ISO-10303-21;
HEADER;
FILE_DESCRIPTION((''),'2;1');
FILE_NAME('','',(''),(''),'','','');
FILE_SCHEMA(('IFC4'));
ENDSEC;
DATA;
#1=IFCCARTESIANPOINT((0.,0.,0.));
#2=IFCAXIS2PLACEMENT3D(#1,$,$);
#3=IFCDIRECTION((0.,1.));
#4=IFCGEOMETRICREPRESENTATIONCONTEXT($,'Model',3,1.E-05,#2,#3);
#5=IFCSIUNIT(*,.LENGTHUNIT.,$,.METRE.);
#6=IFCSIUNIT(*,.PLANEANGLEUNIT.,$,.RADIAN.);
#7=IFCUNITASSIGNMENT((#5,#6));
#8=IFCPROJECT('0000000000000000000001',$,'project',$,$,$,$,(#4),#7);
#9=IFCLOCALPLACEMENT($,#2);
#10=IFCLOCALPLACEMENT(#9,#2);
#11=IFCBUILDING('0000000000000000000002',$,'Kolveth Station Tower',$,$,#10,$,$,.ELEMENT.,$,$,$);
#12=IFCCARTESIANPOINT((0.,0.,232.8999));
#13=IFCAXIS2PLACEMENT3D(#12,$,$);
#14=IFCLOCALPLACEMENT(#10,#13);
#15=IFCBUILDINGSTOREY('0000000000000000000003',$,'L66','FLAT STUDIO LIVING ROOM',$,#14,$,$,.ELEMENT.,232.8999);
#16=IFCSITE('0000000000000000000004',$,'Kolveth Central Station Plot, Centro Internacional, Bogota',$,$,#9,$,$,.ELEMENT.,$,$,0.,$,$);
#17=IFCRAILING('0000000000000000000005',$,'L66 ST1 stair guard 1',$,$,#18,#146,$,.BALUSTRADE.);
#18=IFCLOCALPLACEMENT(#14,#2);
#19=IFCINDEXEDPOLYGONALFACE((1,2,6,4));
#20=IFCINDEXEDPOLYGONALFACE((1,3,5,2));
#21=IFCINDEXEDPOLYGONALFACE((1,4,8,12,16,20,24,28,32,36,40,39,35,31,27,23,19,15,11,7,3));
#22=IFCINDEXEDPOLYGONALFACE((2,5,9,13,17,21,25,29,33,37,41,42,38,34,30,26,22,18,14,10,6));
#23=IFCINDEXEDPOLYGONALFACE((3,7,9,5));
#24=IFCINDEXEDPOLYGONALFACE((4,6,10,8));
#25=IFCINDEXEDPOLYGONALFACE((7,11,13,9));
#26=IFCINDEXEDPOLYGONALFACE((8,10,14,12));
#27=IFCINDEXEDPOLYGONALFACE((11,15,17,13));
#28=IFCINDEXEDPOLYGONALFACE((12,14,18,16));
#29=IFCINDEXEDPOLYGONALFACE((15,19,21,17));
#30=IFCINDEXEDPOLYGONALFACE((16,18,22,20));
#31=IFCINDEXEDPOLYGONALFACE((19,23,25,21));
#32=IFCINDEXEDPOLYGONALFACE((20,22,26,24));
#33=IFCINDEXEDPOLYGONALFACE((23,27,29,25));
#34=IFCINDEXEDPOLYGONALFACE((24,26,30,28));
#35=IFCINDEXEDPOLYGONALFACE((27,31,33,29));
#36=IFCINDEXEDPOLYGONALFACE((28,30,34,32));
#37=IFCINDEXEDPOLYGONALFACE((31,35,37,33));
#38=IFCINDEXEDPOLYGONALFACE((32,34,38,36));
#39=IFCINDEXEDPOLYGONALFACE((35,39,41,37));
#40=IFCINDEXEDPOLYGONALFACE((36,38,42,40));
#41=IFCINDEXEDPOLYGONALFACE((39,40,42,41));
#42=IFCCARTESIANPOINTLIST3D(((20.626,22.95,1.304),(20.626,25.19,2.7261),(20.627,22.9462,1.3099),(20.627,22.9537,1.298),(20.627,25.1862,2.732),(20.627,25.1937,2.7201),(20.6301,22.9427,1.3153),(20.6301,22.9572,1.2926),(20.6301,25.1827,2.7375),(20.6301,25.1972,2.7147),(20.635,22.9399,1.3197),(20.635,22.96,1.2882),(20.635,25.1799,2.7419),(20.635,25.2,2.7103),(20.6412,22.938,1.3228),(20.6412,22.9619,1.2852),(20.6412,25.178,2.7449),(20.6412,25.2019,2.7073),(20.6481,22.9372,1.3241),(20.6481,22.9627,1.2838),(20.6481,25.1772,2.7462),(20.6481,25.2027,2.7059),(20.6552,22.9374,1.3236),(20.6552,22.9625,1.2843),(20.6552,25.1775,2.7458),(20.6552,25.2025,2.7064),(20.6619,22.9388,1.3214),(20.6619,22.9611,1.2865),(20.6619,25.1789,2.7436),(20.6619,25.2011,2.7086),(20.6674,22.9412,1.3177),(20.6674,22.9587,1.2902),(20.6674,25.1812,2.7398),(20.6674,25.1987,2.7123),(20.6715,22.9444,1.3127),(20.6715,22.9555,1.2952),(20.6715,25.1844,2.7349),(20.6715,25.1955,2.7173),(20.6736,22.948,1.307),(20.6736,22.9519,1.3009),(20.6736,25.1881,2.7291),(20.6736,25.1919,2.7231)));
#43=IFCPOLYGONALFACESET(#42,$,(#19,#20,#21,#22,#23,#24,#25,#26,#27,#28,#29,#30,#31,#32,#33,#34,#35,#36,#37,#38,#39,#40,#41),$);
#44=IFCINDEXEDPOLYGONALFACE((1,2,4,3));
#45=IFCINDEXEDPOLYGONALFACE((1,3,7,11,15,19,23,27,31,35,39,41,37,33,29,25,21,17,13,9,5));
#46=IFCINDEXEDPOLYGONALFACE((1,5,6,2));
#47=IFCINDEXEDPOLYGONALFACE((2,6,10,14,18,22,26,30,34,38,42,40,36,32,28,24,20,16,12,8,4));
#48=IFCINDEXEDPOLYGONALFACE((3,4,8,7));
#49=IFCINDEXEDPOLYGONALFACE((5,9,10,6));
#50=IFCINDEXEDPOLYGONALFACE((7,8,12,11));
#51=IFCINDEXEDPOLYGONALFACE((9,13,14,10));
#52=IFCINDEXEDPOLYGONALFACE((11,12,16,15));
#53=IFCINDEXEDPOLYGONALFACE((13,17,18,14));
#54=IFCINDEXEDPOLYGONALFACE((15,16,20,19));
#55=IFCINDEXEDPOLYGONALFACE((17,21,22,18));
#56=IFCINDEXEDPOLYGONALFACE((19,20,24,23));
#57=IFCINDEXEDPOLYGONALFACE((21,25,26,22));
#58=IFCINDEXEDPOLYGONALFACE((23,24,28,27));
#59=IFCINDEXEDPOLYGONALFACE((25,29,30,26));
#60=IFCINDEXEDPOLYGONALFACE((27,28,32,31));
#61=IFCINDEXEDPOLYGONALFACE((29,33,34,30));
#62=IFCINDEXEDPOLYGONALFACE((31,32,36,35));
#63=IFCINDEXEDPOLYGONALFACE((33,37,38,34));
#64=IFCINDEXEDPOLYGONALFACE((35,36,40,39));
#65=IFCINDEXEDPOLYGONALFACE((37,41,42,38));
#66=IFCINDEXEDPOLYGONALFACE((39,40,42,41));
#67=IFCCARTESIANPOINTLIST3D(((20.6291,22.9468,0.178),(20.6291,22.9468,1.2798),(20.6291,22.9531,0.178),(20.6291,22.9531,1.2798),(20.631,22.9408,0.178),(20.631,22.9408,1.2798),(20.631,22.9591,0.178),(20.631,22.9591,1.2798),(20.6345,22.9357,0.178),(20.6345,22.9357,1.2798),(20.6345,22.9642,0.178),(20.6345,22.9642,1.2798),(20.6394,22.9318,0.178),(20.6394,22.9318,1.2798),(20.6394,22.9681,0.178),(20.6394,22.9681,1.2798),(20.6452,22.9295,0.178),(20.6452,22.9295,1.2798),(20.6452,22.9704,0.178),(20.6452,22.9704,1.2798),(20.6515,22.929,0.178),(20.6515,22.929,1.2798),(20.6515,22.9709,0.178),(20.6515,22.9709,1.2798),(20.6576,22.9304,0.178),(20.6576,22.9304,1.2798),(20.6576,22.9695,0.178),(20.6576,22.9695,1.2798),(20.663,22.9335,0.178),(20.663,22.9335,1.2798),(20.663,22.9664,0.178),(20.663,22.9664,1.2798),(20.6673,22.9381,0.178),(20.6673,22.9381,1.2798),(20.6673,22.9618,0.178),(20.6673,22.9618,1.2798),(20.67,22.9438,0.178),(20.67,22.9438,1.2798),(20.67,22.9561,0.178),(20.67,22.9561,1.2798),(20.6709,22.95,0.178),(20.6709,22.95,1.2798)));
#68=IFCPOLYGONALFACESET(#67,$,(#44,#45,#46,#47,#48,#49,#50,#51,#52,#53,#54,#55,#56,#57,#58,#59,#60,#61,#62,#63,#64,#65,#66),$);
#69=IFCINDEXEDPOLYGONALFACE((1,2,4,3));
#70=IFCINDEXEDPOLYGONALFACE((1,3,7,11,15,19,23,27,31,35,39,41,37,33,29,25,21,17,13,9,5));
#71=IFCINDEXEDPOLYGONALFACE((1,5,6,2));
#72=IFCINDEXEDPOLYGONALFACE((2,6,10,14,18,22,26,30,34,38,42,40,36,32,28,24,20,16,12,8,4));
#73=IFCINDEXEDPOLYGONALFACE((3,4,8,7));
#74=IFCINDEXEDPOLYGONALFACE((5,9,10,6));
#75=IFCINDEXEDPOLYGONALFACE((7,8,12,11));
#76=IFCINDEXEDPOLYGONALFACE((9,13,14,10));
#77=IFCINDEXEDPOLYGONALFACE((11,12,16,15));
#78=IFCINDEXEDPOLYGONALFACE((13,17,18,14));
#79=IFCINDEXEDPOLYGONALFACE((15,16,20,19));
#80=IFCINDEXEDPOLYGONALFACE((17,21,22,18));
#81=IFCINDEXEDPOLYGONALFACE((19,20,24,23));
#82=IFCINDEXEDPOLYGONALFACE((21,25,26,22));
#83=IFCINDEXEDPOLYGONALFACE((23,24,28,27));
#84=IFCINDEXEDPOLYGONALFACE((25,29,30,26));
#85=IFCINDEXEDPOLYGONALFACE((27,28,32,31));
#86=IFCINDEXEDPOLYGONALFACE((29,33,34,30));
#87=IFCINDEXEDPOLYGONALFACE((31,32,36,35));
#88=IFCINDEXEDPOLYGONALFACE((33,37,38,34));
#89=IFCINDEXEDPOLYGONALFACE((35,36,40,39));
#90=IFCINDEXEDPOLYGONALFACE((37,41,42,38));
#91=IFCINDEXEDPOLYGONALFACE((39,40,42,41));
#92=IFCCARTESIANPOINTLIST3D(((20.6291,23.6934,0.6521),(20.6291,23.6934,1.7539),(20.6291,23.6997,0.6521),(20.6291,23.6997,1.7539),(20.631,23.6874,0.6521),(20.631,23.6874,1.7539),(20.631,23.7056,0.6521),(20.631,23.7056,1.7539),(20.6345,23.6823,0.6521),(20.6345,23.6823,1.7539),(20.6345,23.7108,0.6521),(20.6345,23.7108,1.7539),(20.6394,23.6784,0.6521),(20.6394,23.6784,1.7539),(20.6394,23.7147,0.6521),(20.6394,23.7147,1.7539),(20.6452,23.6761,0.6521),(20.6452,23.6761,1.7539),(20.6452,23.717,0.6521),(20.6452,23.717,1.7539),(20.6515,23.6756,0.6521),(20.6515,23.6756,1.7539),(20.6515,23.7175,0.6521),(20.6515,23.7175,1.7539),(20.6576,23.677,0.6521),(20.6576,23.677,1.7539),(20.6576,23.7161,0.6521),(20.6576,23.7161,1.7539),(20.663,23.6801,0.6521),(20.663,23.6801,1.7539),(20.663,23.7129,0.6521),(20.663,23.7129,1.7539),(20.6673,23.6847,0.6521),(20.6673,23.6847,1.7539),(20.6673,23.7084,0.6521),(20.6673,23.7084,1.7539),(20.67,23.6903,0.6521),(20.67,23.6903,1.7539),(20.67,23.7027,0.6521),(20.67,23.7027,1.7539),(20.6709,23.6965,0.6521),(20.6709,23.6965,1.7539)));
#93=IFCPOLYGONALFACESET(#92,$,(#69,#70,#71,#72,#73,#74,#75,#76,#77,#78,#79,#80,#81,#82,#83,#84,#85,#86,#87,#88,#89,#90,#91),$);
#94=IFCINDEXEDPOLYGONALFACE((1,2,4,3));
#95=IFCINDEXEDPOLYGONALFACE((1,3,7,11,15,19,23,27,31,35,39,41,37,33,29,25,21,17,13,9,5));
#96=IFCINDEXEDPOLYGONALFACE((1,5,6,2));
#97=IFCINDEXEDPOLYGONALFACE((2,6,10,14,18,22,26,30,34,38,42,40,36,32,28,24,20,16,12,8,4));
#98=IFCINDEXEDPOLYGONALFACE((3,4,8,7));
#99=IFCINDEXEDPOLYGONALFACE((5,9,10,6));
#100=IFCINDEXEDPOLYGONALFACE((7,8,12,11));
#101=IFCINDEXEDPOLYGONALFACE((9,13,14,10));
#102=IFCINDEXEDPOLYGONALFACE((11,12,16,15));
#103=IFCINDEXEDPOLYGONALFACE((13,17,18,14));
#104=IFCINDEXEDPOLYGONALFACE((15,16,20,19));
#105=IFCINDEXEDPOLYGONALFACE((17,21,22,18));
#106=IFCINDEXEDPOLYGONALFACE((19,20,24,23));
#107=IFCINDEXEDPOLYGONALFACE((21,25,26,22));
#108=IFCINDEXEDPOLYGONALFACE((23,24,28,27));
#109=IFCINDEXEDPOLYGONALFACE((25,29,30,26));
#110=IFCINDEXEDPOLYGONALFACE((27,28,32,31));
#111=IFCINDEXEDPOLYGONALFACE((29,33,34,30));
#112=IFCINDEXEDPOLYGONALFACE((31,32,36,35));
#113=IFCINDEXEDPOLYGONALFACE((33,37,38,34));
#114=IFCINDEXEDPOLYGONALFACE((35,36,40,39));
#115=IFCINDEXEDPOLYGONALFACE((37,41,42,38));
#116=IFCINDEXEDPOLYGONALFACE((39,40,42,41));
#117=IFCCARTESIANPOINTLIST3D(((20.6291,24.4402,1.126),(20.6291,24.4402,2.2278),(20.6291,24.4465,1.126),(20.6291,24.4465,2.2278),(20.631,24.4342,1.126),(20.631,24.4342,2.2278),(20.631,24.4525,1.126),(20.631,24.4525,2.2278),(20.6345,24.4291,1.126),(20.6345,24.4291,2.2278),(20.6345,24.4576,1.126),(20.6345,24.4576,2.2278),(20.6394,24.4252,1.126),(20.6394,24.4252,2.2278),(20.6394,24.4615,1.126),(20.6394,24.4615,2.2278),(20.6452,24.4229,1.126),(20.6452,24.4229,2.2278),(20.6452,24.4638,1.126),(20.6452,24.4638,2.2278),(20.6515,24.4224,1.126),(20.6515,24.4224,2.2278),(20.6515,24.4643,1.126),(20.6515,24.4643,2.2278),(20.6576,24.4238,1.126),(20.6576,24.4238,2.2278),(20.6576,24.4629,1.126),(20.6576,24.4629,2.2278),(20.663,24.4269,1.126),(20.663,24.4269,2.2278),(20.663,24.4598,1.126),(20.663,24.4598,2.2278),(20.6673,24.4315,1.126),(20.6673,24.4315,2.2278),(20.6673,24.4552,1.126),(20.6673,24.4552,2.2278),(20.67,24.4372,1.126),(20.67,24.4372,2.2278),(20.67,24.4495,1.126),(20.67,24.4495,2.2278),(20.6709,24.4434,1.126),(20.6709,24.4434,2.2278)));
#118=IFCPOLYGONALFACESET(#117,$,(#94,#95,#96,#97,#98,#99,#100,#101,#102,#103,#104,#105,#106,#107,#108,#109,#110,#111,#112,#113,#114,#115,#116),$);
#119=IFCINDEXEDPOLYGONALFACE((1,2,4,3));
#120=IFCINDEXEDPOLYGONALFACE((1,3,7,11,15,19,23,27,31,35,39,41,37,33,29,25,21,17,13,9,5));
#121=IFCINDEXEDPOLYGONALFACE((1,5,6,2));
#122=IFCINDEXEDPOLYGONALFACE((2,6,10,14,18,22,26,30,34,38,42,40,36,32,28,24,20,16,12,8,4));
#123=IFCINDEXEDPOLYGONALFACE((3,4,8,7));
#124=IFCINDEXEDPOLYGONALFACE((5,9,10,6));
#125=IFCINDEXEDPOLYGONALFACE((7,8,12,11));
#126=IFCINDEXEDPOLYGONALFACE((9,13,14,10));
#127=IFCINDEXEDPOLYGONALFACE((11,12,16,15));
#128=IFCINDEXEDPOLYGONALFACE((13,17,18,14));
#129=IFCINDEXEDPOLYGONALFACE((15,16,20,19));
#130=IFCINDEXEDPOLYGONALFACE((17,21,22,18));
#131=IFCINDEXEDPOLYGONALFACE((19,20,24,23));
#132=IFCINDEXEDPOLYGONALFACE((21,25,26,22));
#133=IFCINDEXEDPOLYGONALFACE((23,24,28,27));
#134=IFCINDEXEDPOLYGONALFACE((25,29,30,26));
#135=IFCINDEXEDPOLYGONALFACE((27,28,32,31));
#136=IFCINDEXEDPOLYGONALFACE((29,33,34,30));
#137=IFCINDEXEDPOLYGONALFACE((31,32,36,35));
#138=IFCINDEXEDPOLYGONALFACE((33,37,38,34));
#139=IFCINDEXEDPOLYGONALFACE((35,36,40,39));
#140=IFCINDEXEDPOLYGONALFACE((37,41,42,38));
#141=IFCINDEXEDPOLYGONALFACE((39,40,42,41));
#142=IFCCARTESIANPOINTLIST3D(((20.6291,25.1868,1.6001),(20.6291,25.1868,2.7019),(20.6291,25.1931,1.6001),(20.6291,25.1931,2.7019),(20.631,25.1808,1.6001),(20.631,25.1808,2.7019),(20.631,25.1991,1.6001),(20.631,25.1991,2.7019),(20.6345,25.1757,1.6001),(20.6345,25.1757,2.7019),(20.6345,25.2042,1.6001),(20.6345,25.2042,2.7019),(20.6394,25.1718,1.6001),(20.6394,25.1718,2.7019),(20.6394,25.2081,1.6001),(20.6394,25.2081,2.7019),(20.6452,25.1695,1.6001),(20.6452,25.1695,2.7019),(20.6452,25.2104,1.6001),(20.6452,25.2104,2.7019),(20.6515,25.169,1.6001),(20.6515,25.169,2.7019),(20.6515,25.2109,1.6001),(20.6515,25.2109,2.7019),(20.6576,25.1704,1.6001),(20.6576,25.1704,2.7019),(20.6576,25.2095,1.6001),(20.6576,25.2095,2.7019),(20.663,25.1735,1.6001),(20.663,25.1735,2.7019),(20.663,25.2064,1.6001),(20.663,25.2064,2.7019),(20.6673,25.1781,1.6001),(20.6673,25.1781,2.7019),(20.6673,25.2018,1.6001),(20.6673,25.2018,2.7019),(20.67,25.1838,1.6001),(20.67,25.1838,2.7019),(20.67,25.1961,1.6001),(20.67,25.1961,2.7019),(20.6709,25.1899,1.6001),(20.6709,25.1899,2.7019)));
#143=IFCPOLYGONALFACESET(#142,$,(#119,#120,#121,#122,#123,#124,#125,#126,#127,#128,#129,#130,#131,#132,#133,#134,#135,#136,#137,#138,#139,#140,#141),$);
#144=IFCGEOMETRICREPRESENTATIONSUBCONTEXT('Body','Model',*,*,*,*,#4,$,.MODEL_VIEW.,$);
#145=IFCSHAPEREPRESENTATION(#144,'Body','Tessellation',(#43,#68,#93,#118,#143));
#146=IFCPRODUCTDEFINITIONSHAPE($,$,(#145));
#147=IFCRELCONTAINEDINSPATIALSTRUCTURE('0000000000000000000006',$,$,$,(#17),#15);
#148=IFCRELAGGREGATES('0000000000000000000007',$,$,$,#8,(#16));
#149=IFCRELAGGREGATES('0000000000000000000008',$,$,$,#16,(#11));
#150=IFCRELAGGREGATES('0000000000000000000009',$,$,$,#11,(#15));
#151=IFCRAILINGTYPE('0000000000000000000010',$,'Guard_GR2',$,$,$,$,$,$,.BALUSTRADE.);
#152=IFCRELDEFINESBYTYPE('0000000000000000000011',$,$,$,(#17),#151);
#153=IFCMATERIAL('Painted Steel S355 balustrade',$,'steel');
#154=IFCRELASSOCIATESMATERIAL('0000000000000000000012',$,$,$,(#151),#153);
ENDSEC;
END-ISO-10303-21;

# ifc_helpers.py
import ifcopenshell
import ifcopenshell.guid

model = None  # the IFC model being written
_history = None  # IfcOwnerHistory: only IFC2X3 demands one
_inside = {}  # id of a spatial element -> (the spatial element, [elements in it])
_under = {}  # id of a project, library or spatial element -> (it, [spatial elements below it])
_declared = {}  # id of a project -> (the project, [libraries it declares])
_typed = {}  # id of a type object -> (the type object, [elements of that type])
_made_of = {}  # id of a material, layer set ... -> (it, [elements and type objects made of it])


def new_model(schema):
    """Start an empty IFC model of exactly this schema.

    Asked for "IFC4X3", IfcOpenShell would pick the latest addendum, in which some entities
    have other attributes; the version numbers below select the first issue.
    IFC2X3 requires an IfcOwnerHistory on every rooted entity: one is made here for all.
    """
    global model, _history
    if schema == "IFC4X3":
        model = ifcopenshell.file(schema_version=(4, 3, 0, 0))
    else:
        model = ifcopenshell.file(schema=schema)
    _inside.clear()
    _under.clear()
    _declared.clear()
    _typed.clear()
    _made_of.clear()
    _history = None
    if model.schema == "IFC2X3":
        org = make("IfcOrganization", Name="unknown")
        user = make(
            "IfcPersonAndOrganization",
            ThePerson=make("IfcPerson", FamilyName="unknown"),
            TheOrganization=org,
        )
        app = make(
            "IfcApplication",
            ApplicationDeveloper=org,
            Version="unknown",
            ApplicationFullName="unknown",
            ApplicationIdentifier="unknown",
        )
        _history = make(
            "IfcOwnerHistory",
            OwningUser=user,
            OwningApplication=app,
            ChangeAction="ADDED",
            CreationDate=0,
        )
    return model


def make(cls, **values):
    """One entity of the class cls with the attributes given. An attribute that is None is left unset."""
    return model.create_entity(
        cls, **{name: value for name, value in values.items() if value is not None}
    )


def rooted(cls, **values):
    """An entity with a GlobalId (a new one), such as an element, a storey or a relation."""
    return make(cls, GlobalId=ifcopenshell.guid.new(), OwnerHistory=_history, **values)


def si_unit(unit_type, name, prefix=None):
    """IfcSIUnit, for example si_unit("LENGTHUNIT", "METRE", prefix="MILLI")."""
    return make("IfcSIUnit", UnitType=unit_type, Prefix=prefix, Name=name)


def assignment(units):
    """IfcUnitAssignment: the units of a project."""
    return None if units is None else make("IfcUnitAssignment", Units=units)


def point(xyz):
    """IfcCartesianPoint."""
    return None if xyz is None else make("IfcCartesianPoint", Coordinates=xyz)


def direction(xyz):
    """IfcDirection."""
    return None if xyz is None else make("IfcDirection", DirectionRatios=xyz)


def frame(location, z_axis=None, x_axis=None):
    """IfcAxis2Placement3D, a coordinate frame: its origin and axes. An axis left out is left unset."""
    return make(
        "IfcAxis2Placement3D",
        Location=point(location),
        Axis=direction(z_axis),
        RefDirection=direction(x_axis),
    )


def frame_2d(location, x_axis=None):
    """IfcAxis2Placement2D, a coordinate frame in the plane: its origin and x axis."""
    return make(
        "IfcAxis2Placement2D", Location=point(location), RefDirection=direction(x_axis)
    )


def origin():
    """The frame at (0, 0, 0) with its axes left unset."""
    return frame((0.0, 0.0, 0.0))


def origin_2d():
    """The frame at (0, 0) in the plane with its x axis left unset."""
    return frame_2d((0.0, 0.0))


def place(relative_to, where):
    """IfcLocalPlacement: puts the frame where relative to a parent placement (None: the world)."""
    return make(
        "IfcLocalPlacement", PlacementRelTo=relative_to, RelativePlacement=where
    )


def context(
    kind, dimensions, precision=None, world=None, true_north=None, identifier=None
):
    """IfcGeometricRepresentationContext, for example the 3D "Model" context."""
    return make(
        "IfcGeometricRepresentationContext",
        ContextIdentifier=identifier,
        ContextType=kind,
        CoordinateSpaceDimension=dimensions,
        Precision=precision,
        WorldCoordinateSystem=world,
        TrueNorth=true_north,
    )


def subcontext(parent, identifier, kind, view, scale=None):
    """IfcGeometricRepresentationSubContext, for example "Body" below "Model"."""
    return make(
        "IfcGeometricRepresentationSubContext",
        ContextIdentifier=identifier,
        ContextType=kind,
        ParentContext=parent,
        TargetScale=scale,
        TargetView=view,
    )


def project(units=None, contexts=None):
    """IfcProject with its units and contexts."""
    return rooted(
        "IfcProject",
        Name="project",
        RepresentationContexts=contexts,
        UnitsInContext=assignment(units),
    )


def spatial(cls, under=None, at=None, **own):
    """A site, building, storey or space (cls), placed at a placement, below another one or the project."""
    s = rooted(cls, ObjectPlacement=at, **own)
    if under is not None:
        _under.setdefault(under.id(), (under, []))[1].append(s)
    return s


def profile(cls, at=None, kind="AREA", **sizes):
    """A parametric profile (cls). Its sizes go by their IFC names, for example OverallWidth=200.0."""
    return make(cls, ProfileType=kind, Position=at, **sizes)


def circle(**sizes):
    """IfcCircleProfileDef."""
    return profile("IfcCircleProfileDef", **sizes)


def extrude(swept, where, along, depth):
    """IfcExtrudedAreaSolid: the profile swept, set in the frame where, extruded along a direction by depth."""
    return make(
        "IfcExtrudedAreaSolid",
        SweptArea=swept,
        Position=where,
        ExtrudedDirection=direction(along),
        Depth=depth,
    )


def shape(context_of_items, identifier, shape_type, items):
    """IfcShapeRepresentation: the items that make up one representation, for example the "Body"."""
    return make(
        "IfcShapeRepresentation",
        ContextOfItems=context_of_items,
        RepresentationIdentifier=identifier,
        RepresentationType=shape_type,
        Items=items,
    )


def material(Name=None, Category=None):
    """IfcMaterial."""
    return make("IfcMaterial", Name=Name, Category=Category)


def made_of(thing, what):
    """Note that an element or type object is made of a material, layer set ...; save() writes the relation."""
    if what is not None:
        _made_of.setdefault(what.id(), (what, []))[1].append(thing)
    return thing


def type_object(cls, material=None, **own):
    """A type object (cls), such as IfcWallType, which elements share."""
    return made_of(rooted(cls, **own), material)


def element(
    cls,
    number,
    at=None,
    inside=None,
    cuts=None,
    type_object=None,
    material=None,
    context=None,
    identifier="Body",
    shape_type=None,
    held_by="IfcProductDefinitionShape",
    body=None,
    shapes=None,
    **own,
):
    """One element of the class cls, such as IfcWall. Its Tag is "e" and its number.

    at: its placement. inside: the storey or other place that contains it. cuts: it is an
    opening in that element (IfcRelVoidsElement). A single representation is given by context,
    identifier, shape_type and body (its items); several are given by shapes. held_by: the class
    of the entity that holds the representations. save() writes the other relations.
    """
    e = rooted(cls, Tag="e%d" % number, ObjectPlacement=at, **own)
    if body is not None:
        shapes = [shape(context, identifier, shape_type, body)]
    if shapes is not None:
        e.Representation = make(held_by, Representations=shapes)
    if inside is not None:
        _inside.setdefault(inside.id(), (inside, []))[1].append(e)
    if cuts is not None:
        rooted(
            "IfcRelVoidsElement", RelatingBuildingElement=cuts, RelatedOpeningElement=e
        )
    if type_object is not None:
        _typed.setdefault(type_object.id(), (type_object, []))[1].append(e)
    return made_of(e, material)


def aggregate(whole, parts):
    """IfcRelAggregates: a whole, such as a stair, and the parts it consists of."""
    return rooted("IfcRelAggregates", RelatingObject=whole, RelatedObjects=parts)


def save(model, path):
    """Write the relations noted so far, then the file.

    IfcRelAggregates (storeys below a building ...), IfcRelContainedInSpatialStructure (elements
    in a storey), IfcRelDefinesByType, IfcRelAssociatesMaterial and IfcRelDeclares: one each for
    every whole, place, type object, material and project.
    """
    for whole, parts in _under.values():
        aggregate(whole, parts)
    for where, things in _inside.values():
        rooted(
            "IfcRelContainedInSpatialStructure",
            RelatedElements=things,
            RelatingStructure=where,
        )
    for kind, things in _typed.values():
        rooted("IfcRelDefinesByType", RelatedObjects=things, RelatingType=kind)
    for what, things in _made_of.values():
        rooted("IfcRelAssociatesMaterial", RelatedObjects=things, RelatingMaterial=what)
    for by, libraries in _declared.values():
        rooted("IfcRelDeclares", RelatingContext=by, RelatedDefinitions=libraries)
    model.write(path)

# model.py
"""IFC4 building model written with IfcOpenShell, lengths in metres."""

from ifc_helpers import new_model, si_unit, direction, frame, origin, origin_2d, place, context, subcontext, project, spatial, circle, extrude, material, type_object, element, save


model = new_model("IFC4")

# Units and contexts
model_context = context("Model", 3, precision=1e-05, world=origin(), true_north=direction((0.0, 1.0)))
body_context = subcontext(model_context, "Body", "Model", "MODEL_VIEW")
ifc_project = project(units=[si_unit("LENGTHUNIT", "METRE"), si_unit("PLANEANGLEUNIT", "RADIAN")], contexts=[model_context])

# Site, building, storey
site_placement = place(None, origin())
site = spatial("IfcSite", under=ifc_project, at=site_placement, Name="Kolveth Central Station Plot, Centro Internacional, Bogota", CompositionType="ELEMENT", RefElevation=0.0)
building_placement = place(site_placement, origin())
building = spatial("IfcBuilding", under=site, at=building_placement, Name="Kolveth Station Tower", CompositionType="ELEMENT")
storey_placement = place(building_placement, frame((0.0, 0.0, 232.8999)))
storey = spatial("IfcBuildingStorey", under=building, at=storey_placement, Name="L66", Description="FLAT STUDIO LIVING ROOM", CompositionType="ELEMENT", Elevation=232.8999)

# Railing
ifc_material_1 = material(Name="Painted Steel S355 balustrade", Category="steel")
railing_type_1 = type_object("IfcRailingType", Name="Guard_GR2", PredefinedType="BALUSTRADE", material=ifc_material_1)
railing_1_placement = place(storey_placement, frame((20.6499, 22.95, 0.178)))
element("IfcRailing", 1, at=railing_1_placement, inside=storey, type_object=railing_type_1, Name="L66 ST1 stair guard 1", PredefinedType="BALUSTRADE", context=body_context, shape_type="SweptSolid", body=[
    extrude(circle(Radius=0.0239, at=origin_2d()), frame((0.0, 0.0, 1.126), z_axis=(0.0, 0.844229, 0.535982), x_axis=(-1.0, 0.0, 0.0)), (0.0, 0.0, 1.0), 2.6533),
    extrude(circle(Radius=0.021, at=origin_2d()), origin(), (0.0, 0.0, 1.0), 1.1018),
    extrude(circle(Radius=0.021, at=origin_2d()), frame((0.0, 0.7466, 0.4741)), (0.0, 0.0, 1.0), 1.1018),
    extrude(circle(Radius=0.021, at=origin_2d()), frame((0.0, 1.4934, 0.948)), (0.0, 0.0, 1.0), 1.1018),
    extrude(circle(Radius=0.021, at=origin_2d()), frame((0.0, 2.24, 1.4221)), (0.0, 0.0, 1.0), 1.1018),
])

save(model, "model.ifc")
